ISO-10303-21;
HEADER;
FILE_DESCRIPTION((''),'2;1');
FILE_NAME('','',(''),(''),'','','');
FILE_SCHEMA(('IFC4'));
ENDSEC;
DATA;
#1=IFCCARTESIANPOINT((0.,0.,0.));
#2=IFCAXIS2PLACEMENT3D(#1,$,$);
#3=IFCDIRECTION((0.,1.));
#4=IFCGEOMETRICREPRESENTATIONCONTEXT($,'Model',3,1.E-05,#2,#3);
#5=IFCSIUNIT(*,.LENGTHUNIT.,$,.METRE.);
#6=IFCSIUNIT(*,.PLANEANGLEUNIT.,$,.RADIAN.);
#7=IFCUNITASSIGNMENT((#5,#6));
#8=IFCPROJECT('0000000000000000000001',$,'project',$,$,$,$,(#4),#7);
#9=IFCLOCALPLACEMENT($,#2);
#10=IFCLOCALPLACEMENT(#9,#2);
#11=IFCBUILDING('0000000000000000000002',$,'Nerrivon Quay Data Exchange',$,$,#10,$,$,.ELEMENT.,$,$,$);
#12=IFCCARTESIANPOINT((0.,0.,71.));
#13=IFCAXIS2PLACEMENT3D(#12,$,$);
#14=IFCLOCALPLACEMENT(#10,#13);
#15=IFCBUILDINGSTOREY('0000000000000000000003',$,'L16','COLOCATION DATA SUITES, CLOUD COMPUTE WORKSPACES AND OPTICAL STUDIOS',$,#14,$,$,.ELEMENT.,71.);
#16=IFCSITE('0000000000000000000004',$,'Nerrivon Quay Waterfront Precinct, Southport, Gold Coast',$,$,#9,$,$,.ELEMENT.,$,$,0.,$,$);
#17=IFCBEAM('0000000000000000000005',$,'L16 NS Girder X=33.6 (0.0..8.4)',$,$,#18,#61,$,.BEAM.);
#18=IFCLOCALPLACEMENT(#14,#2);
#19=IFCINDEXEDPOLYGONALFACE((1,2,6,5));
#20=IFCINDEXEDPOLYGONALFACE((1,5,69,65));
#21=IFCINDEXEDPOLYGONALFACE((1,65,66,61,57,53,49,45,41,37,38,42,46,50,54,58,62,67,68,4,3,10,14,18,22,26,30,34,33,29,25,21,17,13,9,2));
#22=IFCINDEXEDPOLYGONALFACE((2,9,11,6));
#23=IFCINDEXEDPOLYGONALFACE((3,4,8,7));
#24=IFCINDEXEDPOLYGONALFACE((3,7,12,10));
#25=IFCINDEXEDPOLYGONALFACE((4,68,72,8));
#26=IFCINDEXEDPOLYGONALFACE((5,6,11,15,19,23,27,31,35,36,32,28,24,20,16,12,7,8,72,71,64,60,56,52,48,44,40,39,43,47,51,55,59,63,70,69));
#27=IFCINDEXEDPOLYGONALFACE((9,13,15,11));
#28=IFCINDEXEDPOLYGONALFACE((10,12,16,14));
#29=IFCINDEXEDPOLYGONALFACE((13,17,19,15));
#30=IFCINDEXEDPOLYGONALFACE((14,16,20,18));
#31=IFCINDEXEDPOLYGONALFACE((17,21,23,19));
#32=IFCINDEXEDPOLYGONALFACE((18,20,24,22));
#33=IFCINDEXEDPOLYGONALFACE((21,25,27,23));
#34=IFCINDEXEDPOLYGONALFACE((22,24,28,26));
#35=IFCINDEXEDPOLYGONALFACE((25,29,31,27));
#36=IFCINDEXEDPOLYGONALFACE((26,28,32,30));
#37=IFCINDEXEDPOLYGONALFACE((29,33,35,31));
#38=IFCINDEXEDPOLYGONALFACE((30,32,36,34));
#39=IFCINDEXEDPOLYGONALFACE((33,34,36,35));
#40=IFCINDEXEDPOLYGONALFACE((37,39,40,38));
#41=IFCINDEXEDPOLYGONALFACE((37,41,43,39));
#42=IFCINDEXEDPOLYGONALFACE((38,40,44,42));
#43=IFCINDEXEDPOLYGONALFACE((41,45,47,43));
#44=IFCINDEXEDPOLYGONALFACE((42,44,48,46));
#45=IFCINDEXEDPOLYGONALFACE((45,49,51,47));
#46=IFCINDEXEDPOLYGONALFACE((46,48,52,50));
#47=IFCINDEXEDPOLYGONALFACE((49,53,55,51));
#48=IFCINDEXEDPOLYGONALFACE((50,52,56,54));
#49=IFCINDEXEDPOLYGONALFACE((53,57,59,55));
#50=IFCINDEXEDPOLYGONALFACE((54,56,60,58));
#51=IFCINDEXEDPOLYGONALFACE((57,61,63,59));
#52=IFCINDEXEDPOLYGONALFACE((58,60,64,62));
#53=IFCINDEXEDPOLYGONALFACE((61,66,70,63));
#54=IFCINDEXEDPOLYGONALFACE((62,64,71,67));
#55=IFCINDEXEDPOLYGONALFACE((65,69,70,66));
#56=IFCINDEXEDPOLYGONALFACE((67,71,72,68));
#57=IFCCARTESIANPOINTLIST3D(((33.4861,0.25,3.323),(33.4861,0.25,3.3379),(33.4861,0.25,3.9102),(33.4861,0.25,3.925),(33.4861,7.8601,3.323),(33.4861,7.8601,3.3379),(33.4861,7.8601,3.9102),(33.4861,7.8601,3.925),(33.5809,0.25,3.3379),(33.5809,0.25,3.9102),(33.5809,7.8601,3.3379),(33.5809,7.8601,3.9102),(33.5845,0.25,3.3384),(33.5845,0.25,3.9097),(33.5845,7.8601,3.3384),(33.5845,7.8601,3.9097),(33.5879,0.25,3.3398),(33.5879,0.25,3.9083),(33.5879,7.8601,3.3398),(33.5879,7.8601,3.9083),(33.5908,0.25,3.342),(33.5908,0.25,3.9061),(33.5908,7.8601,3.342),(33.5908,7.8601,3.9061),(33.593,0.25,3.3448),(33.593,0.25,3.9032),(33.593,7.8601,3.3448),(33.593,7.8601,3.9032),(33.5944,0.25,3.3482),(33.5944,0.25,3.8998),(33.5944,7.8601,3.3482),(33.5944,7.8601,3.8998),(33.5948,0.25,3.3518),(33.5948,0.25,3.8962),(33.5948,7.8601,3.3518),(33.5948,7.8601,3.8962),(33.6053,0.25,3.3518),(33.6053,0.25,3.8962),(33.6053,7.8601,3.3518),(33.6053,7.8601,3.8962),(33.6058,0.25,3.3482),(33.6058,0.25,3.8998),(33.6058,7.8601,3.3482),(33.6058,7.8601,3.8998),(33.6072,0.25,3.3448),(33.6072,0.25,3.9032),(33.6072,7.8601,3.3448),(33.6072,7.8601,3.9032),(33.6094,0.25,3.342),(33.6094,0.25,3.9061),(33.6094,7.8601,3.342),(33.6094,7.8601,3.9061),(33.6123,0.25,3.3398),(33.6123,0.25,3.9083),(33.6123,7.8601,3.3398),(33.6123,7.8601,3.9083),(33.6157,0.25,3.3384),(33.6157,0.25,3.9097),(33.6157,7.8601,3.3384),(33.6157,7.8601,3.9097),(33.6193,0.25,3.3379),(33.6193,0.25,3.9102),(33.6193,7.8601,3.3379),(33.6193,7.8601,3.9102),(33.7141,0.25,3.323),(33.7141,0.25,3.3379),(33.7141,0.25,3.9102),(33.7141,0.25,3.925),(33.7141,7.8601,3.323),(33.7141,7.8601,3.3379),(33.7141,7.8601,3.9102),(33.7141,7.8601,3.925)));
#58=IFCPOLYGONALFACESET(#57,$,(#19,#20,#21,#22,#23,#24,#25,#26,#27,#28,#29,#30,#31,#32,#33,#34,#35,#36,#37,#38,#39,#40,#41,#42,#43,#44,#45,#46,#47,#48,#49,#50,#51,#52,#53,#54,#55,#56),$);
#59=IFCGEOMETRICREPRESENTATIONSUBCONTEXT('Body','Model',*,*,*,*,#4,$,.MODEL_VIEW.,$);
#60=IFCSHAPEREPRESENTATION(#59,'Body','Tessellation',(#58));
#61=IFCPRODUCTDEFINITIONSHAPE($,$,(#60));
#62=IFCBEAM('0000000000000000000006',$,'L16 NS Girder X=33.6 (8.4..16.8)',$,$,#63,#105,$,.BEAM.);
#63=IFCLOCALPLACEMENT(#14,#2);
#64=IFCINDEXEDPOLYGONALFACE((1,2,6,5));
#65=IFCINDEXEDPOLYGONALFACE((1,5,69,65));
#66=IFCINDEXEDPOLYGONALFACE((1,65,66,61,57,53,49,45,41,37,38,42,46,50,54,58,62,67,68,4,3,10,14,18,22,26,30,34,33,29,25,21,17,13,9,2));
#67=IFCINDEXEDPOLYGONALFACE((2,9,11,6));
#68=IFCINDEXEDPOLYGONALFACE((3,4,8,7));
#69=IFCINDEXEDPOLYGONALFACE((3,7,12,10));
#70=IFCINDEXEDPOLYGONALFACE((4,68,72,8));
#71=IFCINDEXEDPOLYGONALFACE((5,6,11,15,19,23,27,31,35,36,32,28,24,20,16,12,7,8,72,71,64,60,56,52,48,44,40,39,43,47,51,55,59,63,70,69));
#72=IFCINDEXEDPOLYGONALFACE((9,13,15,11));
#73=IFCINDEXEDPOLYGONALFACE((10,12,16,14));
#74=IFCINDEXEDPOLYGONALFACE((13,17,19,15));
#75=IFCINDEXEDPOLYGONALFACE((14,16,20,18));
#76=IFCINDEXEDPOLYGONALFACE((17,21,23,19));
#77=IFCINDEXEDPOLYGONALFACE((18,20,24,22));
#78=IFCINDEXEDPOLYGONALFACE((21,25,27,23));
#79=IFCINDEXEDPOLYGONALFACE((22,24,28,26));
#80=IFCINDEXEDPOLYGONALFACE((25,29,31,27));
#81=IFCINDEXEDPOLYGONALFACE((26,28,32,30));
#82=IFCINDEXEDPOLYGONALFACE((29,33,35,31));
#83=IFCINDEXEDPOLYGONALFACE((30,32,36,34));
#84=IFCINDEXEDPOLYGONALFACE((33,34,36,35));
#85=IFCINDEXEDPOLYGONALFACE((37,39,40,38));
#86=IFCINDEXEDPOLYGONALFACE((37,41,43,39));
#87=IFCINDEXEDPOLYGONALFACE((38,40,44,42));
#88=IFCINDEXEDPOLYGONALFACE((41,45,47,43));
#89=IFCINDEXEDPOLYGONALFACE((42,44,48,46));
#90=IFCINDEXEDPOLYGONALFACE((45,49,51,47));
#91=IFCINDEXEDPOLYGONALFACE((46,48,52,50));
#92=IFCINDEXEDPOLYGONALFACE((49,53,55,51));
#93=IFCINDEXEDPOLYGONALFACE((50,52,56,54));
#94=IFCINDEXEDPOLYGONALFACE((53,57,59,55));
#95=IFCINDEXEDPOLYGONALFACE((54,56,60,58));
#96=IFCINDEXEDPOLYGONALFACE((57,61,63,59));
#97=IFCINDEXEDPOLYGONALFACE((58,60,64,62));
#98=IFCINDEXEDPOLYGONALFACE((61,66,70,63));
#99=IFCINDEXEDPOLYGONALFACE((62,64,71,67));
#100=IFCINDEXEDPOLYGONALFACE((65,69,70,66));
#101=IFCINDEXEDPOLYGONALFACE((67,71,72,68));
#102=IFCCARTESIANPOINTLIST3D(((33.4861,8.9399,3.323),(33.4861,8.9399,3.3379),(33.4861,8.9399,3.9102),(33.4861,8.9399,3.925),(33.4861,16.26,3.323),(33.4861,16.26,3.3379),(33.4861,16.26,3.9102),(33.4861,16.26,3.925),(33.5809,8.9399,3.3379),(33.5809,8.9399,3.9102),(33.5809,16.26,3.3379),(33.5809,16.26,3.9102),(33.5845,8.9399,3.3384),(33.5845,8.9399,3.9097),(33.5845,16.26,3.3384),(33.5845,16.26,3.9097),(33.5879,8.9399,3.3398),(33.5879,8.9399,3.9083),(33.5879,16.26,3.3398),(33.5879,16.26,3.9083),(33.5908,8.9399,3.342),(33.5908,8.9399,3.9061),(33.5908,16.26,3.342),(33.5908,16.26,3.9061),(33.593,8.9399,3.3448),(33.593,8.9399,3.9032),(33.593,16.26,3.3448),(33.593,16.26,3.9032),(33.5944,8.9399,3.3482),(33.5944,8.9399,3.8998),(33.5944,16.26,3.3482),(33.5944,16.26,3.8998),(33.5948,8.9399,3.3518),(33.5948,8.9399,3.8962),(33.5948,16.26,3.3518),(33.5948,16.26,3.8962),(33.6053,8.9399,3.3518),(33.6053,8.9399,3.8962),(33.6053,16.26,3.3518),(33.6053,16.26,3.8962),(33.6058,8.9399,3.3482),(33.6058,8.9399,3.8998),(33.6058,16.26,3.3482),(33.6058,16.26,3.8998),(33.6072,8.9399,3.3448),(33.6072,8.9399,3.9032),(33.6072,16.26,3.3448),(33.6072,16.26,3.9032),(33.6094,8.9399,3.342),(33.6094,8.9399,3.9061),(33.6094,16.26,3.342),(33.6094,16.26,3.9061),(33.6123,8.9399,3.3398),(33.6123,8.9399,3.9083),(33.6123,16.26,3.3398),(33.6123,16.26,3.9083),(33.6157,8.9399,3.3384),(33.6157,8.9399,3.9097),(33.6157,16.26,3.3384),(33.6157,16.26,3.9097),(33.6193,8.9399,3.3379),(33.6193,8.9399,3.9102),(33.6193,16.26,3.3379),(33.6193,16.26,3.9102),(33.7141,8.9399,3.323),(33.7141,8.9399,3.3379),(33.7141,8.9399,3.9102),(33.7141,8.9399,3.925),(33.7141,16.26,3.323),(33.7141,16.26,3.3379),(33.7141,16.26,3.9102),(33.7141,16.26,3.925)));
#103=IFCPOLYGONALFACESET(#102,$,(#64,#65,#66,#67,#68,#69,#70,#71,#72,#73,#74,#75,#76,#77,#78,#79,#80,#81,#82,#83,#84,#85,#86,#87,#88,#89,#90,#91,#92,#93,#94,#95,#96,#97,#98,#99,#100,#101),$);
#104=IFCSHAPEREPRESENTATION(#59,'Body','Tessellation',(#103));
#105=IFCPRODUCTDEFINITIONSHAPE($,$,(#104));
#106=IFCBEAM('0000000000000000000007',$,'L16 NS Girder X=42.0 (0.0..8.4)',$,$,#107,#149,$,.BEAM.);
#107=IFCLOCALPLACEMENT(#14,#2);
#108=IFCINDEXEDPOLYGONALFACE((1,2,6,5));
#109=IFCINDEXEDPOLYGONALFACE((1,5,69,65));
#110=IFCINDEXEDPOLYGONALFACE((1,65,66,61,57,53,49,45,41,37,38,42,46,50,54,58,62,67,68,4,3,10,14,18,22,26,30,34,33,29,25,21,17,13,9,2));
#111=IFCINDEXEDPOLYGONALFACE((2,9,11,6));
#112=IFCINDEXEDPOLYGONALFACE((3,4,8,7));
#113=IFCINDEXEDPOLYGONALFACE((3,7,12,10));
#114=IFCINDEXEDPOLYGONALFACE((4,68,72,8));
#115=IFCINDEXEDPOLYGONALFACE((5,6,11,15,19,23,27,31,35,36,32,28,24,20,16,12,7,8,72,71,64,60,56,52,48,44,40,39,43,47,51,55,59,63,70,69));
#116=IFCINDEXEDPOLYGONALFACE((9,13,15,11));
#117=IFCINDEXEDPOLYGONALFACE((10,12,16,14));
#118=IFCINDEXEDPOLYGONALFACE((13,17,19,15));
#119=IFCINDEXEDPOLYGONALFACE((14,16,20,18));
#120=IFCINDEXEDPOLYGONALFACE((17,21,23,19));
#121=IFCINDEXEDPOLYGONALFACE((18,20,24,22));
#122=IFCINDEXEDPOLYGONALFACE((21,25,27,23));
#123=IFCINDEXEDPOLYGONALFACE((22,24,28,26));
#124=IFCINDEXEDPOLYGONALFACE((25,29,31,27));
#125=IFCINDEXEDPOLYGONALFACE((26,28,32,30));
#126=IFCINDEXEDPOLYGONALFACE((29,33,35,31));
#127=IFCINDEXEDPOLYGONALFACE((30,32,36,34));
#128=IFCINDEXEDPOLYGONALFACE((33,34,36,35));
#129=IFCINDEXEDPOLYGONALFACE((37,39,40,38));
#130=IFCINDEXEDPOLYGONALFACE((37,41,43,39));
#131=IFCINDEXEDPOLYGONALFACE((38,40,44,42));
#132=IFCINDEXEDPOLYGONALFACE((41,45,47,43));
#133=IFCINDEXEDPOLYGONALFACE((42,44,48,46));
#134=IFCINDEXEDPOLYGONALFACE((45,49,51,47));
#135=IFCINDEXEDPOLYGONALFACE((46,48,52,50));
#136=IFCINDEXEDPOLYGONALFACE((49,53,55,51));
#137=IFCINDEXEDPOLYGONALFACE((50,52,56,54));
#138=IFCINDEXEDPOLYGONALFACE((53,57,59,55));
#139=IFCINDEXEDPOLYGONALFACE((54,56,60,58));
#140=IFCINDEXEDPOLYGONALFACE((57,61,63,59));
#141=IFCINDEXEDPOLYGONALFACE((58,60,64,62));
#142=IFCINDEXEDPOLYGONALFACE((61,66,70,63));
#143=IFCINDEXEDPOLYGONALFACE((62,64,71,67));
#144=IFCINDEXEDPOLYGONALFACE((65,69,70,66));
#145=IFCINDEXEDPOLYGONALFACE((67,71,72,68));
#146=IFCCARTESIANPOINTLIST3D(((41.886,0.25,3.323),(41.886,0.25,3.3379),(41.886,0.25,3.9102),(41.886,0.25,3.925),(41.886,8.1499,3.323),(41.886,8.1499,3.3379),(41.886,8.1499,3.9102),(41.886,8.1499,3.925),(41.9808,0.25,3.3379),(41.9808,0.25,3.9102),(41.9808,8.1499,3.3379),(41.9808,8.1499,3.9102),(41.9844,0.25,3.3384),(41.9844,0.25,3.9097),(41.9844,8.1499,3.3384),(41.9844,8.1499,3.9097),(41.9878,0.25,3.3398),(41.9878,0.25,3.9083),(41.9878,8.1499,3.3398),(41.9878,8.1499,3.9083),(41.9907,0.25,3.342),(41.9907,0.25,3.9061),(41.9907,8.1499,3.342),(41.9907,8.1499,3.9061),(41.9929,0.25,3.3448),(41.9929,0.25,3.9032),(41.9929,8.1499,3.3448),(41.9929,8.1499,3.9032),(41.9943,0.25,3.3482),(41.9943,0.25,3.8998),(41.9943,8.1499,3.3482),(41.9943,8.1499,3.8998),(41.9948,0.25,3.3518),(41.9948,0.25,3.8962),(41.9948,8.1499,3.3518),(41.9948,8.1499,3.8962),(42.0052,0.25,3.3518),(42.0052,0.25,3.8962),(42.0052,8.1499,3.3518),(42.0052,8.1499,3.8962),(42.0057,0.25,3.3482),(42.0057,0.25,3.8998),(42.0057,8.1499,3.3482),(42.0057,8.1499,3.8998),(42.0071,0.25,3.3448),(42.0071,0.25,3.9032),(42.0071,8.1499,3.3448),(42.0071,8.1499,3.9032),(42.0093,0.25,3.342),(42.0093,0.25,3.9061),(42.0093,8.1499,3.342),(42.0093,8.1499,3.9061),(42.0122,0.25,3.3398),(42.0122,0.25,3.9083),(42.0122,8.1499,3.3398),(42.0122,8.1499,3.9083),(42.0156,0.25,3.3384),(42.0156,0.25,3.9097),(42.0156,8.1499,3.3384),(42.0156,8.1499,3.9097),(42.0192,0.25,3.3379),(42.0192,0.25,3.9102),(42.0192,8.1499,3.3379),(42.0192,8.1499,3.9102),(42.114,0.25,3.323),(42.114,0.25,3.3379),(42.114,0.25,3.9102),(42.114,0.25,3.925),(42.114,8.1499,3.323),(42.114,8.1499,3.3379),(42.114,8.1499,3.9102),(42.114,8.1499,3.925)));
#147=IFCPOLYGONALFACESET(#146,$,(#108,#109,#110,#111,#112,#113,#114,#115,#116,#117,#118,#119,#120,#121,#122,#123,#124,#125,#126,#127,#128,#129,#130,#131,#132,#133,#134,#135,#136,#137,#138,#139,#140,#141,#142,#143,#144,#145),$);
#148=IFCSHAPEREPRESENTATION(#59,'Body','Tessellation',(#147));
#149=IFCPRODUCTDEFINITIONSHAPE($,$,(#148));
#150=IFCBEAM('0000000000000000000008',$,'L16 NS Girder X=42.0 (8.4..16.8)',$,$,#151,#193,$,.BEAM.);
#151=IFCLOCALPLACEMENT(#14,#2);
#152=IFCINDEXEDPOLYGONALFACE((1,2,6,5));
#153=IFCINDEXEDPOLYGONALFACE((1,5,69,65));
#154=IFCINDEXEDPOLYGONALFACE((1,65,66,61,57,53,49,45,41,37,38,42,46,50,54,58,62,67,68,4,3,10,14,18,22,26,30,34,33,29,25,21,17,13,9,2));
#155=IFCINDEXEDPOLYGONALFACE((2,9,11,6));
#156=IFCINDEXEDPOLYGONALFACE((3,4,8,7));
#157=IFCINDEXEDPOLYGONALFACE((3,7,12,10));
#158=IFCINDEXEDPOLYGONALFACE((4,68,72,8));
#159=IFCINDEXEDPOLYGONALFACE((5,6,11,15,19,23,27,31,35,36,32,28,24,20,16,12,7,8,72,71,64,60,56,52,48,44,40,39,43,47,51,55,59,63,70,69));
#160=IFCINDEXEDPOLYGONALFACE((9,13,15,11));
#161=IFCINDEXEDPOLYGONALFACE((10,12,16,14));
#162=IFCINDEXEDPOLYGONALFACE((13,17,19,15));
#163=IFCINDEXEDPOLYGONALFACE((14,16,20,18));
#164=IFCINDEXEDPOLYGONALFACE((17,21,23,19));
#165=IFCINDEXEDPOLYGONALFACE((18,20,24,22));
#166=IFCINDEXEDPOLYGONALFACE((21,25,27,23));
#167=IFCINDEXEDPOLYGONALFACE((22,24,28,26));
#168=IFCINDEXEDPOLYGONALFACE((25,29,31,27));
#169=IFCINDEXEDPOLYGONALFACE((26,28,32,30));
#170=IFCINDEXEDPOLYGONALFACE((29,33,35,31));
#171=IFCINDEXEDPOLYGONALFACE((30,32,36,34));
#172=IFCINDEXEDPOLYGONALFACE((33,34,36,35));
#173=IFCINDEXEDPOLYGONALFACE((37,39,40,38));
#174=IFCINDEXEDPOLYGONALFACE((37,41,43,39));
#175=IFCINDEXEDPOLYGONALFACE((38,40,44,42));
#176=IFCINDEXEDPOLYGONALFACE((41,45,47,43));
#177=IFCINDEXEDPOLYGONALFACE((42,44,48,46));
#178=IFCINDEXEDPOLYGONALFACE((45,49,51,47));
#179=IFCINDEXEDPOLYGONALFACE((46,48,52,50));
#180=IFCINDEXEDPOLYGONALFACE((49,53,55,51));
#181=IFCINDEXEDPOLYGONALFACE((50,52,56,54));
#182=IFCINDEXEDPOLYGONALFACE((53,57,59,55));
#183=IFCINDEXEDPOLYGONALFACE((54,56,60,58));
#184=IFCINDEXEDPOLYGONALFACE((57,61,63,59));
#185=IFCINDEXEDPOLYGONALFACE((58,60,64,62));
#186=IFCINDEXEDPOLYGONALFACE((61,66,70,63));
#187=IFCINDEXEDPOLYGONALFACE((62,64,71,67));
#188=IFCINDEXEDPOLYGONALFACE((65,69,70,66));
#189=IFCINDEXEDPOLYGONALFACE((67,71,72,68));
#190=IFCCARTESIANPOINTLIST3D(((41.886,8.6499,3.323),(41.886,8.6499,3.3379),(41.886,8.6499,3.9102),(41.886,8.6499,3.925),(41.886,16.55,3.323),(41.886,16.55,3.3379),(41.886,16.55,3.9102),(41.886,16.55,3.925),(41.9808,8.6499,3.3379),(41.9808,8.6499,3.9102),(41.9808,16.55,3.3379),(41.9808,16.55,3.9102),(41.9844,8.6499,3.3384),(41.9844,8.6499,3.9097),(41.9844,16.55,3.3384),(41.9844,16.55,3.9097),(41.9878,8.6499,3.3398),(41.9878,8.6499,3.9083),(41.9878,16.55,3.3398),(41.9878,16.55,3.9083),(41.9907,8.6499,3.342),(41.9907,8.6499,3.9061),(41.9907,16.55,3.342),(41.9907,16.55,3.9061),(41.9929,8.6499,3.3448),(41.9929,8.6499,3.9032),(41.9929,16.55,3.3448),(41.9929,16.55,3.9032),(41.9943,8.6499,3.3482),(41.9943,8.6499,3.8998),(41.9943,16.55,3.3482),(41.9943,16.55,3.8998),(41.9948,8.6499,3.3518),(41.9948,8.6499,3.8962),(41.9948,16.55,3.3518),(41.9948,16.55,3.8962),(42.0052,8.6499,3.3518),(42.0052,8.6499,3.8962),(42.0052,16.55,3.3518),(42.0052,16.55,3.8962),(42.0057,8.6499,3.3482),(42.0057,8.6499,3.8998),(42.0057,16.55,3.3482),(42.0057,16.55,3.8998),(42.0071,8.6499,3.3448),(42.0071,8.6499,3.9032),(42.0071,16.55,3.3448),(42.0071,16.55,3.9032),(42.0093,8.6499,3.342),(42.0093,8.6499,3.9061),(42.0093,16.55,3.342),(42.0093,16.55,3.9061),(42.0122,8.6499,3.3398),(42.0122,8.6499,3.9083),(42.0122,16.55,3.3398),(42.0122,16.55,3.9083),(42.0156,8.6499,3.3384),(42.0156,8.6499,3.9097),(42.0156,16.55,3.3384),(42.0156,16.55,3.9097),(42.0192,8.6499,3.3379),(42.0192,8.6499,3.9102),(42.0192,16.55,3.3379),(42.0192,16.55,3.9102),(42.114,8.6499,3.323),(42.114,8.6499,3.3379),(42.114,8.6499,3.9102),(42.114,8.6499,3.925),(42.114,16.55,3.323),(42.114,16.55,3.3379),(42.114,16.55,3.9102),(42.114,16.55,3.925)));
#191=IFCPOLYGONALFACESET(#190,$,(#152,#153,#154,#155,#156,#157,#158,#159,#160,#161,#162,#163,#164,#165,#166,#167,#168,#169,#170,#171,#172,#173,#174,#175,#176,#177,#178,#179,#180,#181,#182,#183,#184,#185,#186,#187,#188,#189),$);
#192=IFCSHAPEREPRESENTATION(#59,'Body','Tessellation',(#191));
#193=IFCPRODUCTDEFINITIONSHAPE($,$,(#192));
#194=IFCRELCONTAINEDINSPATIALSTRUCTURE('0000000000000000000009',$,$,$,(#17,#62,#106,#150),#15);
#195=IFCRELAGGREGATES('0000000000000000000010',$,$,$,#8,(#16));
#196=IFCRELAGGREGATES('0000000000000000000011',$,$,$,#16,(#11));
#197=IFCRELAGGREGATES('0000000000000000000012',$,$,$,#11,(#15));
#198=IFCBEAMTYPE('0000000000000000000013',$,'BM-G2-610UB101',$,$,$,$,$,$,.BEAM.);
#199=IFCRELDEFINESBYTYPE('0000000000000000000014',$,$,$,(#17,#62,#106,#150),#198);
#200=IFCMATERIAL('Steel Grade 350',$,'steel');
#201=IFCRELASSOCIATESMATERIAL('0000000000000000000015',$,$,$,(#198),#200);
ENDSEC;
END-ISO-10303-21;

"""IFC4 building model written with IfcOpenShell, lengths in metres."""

from ifc_helpers import new_model, si_unit, direction, frame, origin, origin_2d, place, context, subcontext, project, spatial, i_section, extrude, material, material_profile, profile_set, type_object, element, save


model = new_model("IFC4")

# Units and contexts
model_context = context("Model", 3, precision=1e-05, world=origin(), true_north=direction((0.0, 1.0)))
body_context = subcontext(model_context, "Body", "Model", "MODEL_VIEW")
ifc_project = project(units=[si_unit("LENGTHUNIT", "METRE"), si_unit("PLANEANGLEUNIT", "RADIAN")], contexts=[model_context])

# Site, building, storey
site_placement = place(None, origin())
site = spatial("IfcSite", under=ifc_project, at=site_placement, Name="Nerrivon Quay Waterfront Precinct, Southport, Gold Coast", CompositionType="ELEMENT", RefElevation=0.0)
building_placement = place(site_placement, origin())
building = spatial("IfcBuilding", under=site, at=building_placement, Name="Nerrivon Quay Data Exchange", CompositionType="ELEMENT")
storey_placement = place(building_placement, frame((0.0, 0.0, 71.0)))
storey = spatial("IfcBuildingStorey", under=building, at=storey_placement, Name="L16", Description="COLOCATION DATA SUITES, CLOUD COMPUTE WORKSPACES AND OPTICAL STUDIOS", CompositionType="ELEMENT", Elevation=71.0)

# Shared definitions
ifc_material_1 = material(Name="Steel Grade 350", Category="steel")

# Beams
ifc_material_profile_1 = material_profile(ifc_material_1, i_section(OverallWidth=0.228, OverallDepth=0.6021, WebThickness=0.0105, FlangeThickness=0.0149, FilletRadius=0.0139, at=origin_2d()), Name="610UB101")
ifc_profile_set_1 = profile_set([ifc_material_profile_1], Name="Steel Grade 350")
beam_type_1 = type_object("IfcBeamType", Name="BM-G2-610UB101", PredefinedType="BEAM", material=ifc_profile_set_1)
beam_1_placement = place(storey_placement, frame((33.6001, 0.25, 3.624), z_axis=(0.0, 1.0, 0.0), x_axis=(-1.0, 0.0, 0.0)))
element("IfcBeam", 1, at=beam_1_placement, inside=storey, type_object=beam_type_1, Name="L16 NS Girder X=33.6 (0.0..8.4)", PredefinedType="BEAM", context=body_context, shape_type="SweptSolid", body=[
    extrude(i_section(OverallWidth=0.228, OverallDepth=0.6021, WebThickness=0.0105, FlangeThickness=0.0149, FilletRadius=0.0139, at=origin_2d()), origin(), (0.0, 0.0, 1.0), 7.6101),
])
beam_2_placement = place(storey_placement, frame((33.6001, 8.9399, 3.624), z_axis=(0.0, 1.0, 0.0), x_axis=(-1.0, 0.0, 0.0)))
element("IfcBeam", 2, at=beam_2_placement, inside=storey, type_object=beam_type_1, Name="L16 NS Girder X=33.6 (8.4..16.8)", PredefinedType="BEAM", context=body_context, shape_type="SweptSolid", body=[
    extrude(i_section(OverallWidth=0.228, OverallDepth=0.6021, WebThickness=0.0105, FlangeThickness=0.0149, FilletRadius=0.0139, at=origin_2d()), origin(), (0.0, 0.0, 1.0), 7.3201),
])
beam_3_placement = place(storey_placement, frame((42.0, 0.25, 3.624), z_axis=(0.0, 1.0, 0.0), x_axis=(-1.0, 0.0, 0.0)))
element("IfcBeam", 3, at=beam_3_placement, inside=storey, type_object=beam_type_1, Name="L16 NS Girder X=42.0 (0.0..8.4)", PredefinedType="BEAM", context=body_context, shape_type="SweptSolid", body=[
    extrude(i_section(OverallWidth=0.228, OverallDepth=0.6021, WebThickness=0.0105, FlangeThickness=0.0149, FilletRadius=0.0139, at=origin_2d()), origin(), (0.0, 0.0, 1.0), 7.8999),
])
beam_4_placement = place(storey_placement, frame((42.0, 8.6499, 3.624), z_axis=(0.0, 1.0, 0.0), x_axis=(-1.0, 0.0, 0.0)))
element("IfcBeam", 4, at=beam_4_placement, inside=storey, type_object=beam_type_1, Name="L16 NS Girder X=42.0 (8.4..16.8)", PredefinedType="BEAM", context=body_context, shape_type="SweptSolid", body=[
    extrude(i_section(OverallWidth=0.228, OverallDepth=0.6021, WebThickness=0.0105, FlangeThickness=0.0149, FilletRadius=0.0139, at=origin_2d()), origin(), (0.0, 0.0, 1.0), 7.9001),
])

save(model, "model.ifc")
